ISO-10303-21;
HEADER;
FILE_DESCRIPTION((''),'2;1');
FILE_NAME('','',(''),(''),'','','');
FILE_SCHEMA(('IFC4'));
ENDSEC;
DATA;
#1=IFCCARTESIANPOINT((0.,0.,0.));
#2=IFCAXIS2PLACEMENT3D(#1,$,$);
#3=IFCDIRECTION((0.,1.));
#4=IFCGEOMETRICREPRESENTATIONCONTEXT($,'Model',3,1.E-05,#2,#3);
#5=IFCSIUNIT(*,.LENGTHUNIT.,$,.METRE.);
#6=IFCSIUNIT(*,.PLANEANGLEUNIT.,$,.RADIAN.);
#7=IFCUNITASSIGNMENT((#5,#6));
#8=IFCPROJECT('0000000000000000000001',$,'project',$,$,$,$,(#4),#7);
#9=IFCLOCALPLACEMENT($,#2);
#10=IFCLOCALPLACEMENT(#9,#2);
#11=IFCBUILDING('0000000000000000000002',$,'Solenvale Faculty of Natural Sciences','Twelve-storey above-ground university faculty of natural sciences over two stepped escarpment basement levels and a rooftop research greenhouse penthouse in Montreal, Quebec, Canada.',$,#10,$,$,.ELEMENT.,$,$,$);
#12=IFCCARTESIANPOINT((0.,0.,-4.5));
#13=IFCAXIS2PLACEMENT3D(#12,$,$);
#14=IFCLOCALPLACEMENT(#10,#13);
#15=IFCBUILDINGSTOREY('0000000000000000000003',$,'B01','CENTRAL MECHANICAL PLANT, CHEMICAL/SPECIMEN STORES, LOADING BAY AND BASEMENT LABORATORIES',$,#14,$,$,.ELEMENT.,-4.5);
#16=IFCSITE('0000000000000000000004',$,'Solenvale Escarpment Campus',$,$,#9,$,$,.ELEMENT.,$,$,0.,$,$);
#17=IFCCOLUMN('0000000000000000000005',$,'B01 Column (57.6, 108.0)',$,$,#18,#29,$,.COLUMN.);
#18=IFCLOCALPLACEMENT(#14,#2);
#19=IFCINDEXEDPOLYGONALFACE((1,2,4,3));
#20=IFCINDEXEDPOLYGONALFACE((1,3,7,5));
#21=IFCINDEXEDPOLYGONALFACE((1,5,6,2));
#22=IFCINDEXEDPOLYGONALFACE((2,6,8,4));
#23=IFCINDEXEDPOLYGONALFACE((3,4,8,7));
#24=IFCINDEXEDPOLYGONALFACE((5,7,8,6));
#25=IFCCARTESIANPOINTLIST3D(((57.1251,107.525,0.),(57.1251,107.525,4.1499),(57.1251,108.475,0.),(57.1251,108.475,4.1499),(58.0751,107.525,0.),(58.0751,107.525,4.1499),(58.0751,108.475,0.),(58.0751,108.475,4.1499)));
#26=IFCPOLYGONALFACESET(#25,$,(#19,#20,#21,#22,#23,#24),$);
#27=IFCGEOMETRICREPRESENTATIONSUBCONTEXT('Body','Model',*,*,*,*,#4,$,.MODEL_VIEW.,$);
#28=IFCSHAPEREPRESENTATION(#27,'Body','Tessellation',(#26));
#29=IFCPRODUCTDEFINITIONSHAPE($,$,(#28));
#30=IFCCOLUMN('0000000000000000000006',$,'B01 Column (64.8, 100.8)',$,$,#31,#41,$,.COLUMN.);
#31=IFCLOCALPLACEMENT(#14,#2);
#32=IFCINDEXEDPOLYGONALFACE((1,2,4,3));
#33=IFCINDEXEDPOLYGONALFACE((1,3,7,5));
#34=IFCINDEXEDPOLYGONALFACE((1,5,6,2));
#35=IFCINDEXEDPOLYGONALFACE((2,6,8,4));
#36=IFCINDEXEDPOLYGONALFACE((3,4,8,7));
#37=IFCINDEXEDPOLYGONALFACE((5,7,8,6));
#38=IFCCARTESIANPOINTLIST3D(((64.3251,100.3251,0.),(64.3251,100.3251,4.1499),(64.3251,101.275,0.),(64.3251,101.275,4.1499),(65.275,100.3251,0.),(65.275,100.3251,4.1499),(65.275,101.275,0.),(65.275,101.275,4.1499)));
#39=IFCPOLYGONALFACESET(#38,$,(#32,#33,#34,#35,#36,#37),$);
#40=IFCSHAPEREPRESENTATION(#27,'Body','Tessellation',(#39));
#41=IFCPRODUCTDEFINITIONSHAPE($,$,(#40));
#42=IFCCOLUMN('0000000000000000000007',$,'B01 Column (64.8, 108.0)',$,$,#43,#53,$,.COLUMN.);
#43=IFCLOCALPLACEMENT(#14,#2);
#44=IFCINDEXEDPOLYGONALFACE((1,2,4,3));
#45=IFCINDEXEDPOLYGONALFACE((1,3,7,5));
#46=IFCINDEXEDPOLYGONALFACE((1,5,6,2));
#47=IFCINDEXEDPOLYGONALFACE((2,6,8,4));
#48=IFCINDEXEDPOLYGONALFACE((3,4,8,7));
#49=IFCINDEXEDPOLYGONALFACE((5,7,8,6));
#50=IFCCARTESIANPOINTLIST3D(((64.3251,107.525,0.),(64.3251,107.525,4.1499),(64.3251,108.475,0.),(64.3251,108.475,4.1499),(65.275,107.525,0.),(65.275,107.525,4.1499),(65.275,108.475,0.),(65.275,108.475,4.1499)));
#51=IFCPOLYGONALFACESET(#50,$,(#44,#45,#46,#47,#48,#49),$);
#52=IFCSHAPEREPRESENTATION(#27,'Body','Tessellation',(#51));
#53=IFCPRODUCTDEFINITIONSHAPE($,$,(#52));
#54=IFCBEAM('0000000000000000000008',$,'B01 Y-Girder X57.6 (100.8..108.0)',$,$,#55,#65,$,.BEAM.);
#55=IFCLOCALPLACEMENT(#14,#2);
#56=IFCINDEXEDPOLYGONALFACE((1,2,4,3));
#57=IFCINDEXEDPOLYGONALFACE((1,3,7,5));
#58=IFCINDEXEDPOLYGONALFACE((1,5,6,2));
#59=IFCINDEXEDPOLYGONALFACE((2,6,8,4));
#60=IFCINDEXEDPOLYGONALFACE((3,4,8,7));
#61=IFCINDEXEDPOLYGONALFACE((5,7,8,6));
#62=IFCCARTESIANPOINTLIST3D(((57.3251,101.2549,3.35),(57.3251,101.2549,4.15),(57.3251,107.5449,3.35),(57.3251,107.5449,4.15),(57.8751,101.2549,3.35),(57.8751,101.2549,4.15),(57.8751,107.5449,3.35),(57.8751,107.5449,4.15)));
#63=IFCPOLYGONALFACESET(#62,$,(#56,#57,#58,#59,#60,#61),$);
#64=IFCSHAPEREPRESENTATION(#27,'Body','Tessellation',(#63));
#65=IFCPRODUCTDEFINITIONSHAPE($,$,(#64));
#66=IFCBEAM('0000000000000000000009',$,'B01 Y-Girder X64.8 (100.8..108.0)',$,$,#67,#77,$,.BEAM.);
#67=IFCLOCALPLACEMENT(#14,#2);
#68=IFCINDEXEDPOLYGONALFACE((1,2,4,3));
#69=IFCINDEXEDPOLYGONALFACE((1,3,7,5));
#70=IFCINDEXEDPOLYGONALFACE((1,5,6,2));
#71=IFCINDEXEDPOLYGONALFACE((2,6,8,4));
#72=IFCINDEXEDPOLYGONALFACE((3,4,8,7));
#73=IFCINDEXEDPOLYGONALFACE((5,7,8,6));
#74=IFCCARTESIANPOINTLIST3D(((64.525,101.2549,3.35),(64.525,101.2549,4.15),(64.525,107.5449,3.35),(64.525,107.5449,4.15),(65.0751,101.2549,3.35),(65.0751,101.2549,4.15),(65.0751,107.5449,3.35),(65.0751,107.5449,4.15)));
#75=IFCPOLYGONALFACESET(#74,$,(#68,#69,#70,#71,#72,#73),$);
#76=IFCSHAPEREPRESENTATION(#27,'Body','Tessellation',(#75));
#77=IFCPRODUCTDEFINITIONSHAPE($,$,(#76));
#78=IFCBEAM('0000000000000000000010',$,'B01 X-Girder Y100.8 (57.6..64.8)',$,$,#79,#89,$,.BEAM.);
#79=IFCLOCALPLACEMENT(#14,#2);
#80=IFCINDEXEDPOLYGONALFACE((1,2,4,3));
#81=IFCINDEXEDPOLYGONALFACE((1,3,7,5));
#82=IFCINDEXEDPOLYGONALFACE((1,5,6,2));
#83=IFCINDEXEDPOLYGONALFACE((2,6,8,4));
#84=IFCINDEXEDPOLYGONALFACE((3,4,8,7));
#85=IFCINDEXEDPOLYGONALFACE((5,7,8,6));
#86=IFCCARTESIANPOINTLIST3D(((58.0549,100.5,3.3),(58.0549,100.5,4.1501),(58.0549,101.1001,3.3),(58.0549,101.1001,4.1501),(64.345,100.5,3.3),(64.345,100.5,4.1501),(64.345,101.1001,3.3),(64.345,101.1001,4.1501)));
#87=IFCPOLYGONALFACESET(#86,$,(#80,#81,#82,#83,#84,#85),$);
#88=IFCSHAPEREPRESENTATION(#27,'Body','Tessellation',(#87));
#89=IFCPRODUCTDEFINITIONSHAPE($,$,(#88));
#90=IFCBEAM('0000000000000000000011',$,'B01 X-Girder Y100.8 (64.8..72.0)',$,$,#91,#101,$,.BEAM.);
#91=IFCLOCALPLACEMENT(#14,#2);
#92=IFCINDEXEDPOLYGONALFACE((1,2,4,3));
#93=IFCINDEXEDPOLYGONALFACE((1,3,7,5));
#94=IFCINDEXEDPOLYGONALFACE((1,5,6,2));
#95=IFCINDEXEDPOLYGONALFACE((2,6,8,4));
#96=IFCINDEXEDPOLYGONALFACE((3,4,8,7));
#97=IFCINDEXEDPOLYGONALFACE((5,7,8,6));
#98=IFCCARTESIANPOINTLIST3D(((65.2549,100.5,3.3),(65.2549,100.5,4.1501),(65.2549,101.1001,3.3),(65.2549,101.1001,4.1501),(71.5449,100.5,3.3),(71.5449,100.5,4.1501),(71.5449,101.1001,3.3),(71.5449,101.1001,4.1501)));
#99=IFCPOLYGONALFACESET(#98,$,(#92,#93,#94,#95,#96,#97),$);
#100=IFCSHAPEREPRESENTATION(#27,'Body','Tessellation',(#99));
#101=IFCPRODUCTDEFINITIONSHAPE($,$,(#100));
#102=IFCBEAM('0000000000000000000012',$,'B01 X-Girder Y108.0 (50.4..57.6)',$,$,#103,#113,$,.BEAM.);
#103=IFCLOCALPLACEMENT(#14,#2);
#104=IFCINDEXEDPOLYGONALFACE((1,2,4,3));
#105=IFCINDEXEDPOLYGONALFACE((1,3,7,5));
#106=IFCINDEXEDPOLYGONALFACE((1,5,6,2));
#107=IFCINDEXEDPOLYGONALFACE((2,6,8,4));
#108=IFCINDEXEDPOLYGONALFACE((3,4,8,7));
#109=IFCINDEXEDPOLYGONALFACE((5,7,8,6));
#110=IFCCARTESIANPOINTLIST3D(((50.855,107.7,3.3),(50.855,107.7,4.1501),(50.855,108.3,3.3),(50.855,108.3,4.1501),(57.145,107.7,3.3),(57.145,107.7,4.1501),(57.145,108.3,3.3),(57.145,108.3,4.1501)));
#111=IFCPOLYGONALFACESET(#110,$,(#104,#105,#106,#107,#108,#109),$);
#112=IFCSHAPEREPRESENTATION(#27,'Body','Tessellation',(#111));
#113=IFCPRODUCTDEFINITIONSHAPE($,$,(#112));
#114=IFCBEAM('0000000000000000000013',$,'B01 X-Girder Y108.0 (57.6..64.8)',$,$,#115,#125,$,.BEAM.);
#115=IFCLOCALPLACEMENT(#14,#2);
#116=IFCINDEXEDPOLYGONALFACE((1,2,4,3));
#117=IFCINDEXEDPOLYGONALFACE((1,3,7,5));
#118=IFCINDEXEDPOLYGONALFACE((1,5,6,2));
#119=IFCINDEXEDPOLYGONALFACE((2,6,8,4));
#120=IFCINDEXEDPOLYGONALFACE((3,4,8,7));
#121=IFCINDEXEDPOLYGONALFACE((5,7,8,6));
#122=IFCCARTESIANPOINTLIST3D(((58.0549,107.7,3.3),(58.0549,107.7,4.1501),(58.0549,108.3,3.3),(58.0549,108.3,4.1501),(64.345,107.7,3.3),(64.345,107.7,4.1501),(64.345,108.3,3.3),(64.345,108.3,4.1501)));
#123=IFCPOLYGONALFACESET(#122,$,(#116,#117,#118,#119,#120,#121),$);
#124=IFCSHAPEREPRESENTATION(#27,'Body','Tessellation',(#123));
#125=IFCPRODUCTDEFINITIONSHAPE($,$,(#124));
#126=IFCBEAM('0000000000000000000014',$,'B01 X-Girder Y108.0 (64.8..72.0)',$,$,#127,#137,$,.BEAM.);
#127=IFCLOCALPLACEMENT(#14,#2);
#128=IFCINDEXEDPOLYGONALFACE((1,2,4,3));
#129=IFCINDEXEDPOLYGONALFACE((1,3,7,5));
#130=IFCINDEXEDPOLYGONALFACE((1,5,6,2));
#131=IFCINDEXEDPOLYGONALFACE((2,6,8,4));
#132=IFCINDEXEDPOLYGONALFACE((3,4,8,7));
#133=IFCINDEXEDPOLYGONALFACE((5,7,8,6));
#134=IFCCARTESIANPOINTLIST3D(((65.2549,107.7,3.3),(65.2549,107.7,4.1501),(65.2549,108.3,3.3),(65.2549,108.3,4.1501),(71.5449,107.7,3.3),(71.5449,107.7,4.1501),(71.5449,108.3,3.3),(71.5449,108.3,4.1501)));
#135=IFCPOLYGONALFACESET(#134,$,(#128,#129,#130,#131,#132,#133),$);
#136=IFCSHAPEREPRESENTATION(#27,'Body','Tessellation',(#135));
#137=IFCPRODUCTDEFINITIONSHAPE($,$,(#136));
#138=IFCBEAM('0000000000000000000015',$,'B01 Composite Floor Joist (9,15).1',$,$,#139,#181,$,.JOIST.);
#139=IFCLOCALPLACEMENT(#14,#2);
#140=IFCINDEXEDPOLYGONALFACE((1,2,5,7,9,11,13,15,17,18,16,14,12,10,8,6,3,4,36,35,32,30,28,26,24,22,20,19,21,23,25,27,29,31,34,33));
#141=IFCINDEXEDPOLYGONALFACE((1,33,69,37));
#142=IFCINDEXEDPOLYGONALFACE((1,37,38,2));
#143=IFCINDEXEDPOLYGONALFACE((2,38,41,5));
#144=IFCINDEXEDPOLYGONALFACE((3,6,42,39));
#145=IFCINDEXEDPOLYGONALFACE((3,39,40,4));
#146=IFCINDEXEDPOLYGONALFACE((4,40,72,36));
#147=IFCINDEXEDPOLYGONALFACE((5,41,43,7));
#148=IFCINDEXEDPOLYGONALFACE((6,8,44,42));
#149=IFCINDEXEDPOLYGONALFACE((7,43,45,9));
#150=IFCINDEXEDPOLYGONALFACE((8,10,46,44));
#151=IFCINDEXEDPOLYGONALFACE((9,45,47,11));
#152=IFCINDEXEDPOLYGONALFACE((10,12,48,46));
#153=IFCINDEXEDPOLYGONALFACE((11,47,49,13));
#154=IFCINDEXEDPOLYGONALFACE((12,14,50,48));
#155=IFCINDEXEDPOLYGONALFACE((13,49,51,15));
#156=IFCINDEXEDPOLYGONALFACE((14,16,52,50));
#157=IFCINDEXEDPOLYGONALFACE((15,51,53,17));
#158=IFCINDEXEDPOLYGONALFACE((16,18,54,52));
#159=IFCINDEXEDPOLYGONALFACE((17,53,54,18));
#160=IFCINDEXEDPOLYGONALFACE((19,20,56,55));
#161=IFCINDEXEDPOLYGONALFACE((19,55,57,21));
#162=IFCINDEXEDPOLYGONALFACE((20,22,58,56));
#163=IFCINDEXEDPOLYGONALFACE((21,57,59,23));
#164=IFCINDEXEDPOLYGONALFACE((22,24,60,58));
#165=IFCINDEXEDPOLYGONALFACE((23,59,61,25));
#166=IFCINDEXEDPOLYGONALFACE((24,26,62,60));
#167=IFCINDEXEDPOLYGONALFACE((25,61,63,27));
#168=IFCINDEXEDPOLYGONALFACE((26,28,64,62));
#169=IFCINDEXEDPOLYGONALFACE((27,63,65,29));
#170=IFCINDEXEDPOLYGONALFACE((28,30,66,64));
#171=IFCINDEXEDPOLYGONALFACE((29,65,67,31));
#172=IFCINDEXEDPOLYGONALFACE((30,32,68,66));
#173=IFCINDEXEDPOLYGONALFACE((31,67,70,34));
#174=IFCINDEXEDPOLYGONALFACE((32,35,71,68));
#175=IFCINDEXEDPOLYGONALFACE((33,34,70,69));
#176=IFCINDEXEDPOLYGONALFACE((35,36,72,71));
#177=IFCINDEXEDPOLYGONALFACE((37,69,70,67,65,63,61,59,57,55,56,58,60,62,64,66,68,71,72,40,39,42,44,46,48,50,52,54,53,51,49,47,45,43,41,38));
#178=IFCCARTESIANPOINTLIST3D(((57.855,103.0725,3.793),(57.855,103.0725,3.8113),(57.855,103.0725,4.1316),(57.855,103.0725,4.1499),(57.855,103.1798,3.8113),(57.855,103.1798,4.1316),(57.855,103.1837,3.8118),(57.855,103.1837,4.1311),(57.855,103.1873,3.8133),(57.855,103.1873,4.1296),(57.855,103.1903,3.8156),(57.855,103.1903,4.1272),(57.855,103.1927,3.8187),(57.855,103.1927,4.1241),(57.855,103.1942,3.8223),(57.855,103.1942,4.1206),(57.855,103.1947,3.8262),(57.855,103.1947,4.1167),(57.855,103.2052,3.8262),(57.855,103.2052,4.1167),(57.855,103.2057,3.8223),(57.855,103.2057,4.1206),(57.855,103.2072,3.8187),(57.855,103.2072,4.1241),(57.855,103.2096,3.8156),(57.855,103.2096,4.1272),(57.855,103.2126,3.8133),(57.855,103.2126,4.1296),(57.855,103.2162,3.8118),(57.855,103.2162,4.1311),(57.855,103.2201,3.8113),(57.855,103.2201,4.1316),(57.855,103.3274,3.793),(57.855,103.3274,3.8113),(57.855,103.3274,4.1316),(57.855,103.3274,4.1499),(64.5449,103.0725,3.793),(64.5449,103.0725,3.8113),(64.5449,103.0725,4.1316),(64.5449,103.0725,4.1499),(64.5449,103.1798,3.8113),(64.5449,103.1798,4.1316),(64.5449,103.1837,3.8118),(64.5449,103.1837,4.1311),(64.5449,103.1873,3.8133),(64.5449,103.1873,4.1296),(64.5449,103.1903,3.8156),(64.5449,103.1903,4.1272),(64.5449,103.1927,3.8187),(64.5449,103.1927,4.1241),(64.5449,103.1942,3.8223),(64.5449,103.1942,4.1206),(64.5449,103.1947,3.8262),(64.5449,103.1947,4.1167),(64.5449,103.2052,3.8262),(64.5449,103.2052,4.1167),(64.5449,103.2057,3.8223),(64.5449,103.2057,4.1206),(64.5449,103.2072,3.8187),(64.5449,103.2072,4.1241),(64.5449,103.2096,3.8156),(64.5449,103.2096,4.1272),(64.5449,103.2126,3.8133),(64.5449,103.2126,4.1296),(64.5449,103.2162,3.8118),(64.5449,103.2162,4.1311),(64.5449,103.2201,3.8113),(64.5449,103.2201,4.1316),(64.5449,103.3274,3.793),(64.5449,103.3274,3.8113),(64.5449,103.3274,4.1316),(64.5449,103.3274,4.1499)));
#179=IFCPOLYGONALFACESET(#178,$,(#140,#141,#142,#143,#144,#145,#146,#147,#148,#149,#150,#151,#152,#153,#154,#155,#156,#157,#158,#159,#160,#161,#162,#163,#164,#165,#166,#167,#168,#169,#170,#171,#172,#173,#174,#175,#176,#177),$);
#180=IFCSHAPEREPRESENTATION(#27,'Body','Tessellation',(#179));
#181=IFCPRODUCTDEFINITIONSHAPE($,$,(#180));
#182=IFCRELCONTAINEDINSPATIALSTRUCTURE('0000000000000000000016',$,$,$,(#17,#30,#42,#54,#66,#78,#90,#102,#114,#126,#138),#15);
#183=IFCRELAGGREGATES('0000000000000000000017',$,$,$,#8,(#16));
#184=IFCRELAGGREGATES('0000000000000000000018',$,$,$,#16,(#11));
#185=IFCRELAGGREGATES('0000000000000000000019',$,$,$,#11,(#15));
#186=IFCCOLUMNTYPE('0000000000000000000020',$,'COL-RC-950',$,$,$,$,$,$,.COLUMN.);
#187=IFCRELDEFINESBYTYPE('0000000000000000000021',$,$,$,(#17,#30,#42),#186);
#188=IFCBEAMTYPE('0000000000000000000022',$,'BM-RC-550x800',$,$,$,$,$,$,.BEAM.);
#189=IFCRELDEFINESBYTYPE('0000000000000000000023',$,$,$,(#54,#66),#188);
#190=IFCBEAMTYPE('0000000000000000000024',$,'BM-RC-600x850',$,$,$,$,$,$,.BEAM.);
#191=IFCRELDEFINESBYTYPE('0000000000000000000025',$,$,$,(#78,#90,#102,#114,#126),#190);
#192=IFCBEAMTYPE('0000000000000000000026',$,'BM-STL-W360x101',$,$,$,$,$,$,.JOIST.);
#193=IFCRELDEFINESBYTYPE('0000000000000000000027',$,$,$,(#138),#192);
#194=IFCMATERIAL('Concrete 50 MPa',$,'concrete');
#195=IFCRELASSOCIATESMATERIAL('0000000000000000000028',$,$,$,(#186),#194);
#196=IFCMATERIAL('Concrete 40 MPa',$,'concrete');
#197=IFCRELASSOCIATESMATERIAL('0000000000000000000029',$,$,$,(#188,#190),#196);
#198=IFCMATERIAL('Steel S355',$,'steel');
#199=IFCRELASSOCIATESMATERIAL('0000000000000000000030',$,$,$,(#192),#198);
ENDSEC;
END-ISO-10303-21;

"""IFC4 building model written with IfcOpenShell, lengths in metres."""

from ifc_helpers import new_model, si_unit, direction, frame, origin, origin_2d, place, context, subcontext, project, spatial, rectangle, i_section, extrude, material, material_profile, profile_set, type_object, element, save


model = new_model("IFC4")

# Units and contexts
model_context = context("Model", 3, precision=1e-05, world=origin(), true_north=direction((0.0, 1.0)))
body_context = subcontext(model_context, "Body", "Model", "MODEL_VIEW")
ifc_project = project(units=[si_unit("LENGTHUNIT", "METRE"), si_unit("PLANEANGLEUNIT", "RADIAN")], contexts=[model_context])

# Site, building, storey
site_placement = place(None, origin())
site = spatial("IfcSite", under=ifc_project, at=site_placement, Name="Solenvale Escarpment Campus", CompositionType="ELEMENT", RefElevation=0.0)
building_placement = place(site_placement, origin())
building = spatial("IfcBuilding", under=site, at=building_placement, Name="Solenvale Faculty of Natural Sciences", Description="Twelve-storey above-ground university faculty of natural sciences over two stepped escarpment basement levels and a rooftop research greenhouse penthouse in Montreal, Quebec, Canada.", CompositionType="ELEMENT")
storey_placement = place(building_placement, frame((0.0, 0.0, -4.5)))
storey = spatial("IfcBuildingStorey", under=building, at=storey_placement, Name="B01", Description="CENTRAL MECHANICAL PLANT, CHEMICAL/SPECIMEN STORES, LOADING BAY AND BASEMENT LABORATORIES", CompositionType="ELEMENT", Elevation=-4.5)

# Shared definitions
ifc_material_1 = material(Name="Concrete 40 MPa", Category="concrete")

# Columns
ifc_material_2 = material(Name="Concrete 50 MPa", Category="concrete")
ifc_material_profile_1 = material_profile(ifc_material_2, rectangle(XDim=0.95, YDim=0.95, at=origin_2d()), Name="RC-COL-950x950")
ifc_profile_set_1 = profile_set([ifc_material_profile_1], Name="Concrete 50 MPa")
column_type = type_object("IfcColumnType", Name="COL-RC-950", PredefinedType="COLUMN", material=ifc_profile_set_1)
for number, where, z_axis, x_axis, name in (
    (1, (57.6001, 108.0, 0.0), (0.0, 0.0, 1.0), (1.0, 0.0, 0.0), "B01 Column (57.6, 108.0)"),
    (2, (64.8, 100.8, 0.0), (0.0, 0.0, 1.0), (1.0, 0.0, 0.0), "B01 Column (64.8, 100.8)"),
    (3, (64.8, 108.0, 0.0), (0.0, 0.0, 1.0), (1.0, 0.0, 0.0), "B01 Column (64.8, 108.0)"),
):
    element("IfcColumn", number, at=place(storey_placement, frame(where, z_axis=z_axis, x_axis=x_axis)), inside=storey, type_object=column_type, Name=name, PredefinedType="COLUMN", context=body_context, shape_type="SweptSolid", body=[
        extrude(rectangle(XDim=0.95, YDim=0.95, at=origin_2d()), origin(), (0.0, 0.0, 1.0), 4.1499),
    ])

# Beams
ifc_material_profile_2 = material_profile(ifc_material_1, rectangle(XDim=0.55, YDim=0.8, at=origin_2d()), Name="RC-BM-550x800")
ifc_profile_set_2 = profile_set([ifc_material_profile_2], Name="Concrete 40 MPa")
beam_type_1 = type_object("IfcBeamType", Name="BM-RC-550x800", PredefinedType="BEAM", material=ifc_profile_set_2)
for number, where, z_axis, x_axis, name in (
    (4, (57.6001, 101.2549, 3.75), (0.0, 1.0, 0.0), (-1.0, 0.0, 0.0), "B01 Y-Girder X57.6 (100.8..108.0)"),
    (5, (64.8, 101.2549, 3.75), (0.0, 1.0, 0.0), (-1.0, 0.0, 0.0), "B01 Y-Girder X64.8 (100.8..108.0)"),
):
    element("IfcBeam", number, at=place(storey_placement, frame(where, z_axis=z_axis, x_axis=x_axis)), inside=storey, type_object=beam_type_1, Name=name, PredefinedType="BEAM", context=body_context, shape_type="SweptSolid", body=[
        extrude(rectangle(XDim=0.55, YDim=0.8, at=origin_2d()), origin(), (0.0, 0.0, 1.0), 6.29),
    ])
ifc_material_profile_3 = material_profile(ifc_material_1, rectangle(XDim=0.6001, YDim=0.8501, at=origin_2d()), Name="RC-BM-600x850")
ifc_profile_set_3 = profile_set([ifc_material_profile_3], Name="Concrete 40 MPa")
beam_type_2 = type_object("IfcBeamType", Name="BM-RC-600x850", PredefinedType="BEAM", material=ifc_profile_set_3)
for number, where, z_axis, x_axis, name in (
    (6, (58.0549, 100.8, 3.7251), (1.0, 0.0, 0.0), (0.0, 1.0, 0.0), "B01 X-Girder Y100.8 (57.6..64.8)"),
    (7, (65.2549, 100.8, 3.7251), (1.0, 0.0, 0.0), (0.0, 1.0, 0.0), "B01 X-Girder Y100.8 (64.8..72.0)"),
    (8, (50.855, 108.0, 3.7251), (1.0, 0.0, 0.0), (0.0, 1.0, 0.0), "B01 X-Girder Y108.0 (50.4..57.6)"),
    (9, (58.0549, 108.0, 3.7251), (1.0, 0.0, 0.0), (0.0, 1.0, 0.0), "B01 X-Girder Y108.0 (57.6..64.8)"),
    (10, (65.2549, 108.0, 3.7251), (1.0, 0.0, 0.0), (0.0, 1.0, 0.0), "B01 X-Girder Y108.0 (64.8..72.0)"),
):
    element("IfcBeam", number, at=place(storey_placement, frame(where, z_axis=z_axis, x_axis=x_axis)), inside=storey, type_object=beam_type_2, Name=name, PredefinedType="BEAM", context=body_context, shape_type="SweptSolid", body=[
        extrude(rectangle(XDim=0.6001, YDim=0.8501, at=origin_2d()), origin(), (0.0, 0.0, 1.0), 6.29),
    ])
ifc_material_3 = material(Name="Steel S355", Category="steel")
ifc_material_profile_4 = material_profile(ifc_material_3, i_section(OverallWidth=0.2549, OverallDepth=0.3569, WebThickness=0.0105, FlangeThickness=0.0183, FilletRadius=0.0149, at=origin_2d()), Name="W360x101")
ifc_profile_set_4 = profile_set([ifc_material_profile_4], Name="Steel S355")
beam_type_3 = type_object("IfcBeamType", Name="BM-STL-W360x101", PredefinedType="JOIST", material=ifc_profile_set_4)
for number, where, z_axis, x_axis, name in (
    (11, (57.855, 103.2, 3.9714), (1.0, 0.0, 0.0), (0.0, 1.0, 0.0), "B01 Composite Floor Joist (9,15).1"),
):
    element("IfcBeam", number, at=place(storey_placement, frame(where, z_axis=z_axis, x_axis=x_axis)), inside=storey, type_object=beam_type_3, Name=name, PredefinedType="JOIST", context=body_context, shape_type="SweptSolid", body=[
        extrude(i_section(OverallWidth=0.2549, OverallDepth=0.3569, WebThickness=0.0105, FlangeThickness=0.0183, FilletRadius=0.0149, at=origin_2d()), origin(), (0.0, 0.0, 1.0), 6.6899),
    ])

save(model, "model.ifc")
